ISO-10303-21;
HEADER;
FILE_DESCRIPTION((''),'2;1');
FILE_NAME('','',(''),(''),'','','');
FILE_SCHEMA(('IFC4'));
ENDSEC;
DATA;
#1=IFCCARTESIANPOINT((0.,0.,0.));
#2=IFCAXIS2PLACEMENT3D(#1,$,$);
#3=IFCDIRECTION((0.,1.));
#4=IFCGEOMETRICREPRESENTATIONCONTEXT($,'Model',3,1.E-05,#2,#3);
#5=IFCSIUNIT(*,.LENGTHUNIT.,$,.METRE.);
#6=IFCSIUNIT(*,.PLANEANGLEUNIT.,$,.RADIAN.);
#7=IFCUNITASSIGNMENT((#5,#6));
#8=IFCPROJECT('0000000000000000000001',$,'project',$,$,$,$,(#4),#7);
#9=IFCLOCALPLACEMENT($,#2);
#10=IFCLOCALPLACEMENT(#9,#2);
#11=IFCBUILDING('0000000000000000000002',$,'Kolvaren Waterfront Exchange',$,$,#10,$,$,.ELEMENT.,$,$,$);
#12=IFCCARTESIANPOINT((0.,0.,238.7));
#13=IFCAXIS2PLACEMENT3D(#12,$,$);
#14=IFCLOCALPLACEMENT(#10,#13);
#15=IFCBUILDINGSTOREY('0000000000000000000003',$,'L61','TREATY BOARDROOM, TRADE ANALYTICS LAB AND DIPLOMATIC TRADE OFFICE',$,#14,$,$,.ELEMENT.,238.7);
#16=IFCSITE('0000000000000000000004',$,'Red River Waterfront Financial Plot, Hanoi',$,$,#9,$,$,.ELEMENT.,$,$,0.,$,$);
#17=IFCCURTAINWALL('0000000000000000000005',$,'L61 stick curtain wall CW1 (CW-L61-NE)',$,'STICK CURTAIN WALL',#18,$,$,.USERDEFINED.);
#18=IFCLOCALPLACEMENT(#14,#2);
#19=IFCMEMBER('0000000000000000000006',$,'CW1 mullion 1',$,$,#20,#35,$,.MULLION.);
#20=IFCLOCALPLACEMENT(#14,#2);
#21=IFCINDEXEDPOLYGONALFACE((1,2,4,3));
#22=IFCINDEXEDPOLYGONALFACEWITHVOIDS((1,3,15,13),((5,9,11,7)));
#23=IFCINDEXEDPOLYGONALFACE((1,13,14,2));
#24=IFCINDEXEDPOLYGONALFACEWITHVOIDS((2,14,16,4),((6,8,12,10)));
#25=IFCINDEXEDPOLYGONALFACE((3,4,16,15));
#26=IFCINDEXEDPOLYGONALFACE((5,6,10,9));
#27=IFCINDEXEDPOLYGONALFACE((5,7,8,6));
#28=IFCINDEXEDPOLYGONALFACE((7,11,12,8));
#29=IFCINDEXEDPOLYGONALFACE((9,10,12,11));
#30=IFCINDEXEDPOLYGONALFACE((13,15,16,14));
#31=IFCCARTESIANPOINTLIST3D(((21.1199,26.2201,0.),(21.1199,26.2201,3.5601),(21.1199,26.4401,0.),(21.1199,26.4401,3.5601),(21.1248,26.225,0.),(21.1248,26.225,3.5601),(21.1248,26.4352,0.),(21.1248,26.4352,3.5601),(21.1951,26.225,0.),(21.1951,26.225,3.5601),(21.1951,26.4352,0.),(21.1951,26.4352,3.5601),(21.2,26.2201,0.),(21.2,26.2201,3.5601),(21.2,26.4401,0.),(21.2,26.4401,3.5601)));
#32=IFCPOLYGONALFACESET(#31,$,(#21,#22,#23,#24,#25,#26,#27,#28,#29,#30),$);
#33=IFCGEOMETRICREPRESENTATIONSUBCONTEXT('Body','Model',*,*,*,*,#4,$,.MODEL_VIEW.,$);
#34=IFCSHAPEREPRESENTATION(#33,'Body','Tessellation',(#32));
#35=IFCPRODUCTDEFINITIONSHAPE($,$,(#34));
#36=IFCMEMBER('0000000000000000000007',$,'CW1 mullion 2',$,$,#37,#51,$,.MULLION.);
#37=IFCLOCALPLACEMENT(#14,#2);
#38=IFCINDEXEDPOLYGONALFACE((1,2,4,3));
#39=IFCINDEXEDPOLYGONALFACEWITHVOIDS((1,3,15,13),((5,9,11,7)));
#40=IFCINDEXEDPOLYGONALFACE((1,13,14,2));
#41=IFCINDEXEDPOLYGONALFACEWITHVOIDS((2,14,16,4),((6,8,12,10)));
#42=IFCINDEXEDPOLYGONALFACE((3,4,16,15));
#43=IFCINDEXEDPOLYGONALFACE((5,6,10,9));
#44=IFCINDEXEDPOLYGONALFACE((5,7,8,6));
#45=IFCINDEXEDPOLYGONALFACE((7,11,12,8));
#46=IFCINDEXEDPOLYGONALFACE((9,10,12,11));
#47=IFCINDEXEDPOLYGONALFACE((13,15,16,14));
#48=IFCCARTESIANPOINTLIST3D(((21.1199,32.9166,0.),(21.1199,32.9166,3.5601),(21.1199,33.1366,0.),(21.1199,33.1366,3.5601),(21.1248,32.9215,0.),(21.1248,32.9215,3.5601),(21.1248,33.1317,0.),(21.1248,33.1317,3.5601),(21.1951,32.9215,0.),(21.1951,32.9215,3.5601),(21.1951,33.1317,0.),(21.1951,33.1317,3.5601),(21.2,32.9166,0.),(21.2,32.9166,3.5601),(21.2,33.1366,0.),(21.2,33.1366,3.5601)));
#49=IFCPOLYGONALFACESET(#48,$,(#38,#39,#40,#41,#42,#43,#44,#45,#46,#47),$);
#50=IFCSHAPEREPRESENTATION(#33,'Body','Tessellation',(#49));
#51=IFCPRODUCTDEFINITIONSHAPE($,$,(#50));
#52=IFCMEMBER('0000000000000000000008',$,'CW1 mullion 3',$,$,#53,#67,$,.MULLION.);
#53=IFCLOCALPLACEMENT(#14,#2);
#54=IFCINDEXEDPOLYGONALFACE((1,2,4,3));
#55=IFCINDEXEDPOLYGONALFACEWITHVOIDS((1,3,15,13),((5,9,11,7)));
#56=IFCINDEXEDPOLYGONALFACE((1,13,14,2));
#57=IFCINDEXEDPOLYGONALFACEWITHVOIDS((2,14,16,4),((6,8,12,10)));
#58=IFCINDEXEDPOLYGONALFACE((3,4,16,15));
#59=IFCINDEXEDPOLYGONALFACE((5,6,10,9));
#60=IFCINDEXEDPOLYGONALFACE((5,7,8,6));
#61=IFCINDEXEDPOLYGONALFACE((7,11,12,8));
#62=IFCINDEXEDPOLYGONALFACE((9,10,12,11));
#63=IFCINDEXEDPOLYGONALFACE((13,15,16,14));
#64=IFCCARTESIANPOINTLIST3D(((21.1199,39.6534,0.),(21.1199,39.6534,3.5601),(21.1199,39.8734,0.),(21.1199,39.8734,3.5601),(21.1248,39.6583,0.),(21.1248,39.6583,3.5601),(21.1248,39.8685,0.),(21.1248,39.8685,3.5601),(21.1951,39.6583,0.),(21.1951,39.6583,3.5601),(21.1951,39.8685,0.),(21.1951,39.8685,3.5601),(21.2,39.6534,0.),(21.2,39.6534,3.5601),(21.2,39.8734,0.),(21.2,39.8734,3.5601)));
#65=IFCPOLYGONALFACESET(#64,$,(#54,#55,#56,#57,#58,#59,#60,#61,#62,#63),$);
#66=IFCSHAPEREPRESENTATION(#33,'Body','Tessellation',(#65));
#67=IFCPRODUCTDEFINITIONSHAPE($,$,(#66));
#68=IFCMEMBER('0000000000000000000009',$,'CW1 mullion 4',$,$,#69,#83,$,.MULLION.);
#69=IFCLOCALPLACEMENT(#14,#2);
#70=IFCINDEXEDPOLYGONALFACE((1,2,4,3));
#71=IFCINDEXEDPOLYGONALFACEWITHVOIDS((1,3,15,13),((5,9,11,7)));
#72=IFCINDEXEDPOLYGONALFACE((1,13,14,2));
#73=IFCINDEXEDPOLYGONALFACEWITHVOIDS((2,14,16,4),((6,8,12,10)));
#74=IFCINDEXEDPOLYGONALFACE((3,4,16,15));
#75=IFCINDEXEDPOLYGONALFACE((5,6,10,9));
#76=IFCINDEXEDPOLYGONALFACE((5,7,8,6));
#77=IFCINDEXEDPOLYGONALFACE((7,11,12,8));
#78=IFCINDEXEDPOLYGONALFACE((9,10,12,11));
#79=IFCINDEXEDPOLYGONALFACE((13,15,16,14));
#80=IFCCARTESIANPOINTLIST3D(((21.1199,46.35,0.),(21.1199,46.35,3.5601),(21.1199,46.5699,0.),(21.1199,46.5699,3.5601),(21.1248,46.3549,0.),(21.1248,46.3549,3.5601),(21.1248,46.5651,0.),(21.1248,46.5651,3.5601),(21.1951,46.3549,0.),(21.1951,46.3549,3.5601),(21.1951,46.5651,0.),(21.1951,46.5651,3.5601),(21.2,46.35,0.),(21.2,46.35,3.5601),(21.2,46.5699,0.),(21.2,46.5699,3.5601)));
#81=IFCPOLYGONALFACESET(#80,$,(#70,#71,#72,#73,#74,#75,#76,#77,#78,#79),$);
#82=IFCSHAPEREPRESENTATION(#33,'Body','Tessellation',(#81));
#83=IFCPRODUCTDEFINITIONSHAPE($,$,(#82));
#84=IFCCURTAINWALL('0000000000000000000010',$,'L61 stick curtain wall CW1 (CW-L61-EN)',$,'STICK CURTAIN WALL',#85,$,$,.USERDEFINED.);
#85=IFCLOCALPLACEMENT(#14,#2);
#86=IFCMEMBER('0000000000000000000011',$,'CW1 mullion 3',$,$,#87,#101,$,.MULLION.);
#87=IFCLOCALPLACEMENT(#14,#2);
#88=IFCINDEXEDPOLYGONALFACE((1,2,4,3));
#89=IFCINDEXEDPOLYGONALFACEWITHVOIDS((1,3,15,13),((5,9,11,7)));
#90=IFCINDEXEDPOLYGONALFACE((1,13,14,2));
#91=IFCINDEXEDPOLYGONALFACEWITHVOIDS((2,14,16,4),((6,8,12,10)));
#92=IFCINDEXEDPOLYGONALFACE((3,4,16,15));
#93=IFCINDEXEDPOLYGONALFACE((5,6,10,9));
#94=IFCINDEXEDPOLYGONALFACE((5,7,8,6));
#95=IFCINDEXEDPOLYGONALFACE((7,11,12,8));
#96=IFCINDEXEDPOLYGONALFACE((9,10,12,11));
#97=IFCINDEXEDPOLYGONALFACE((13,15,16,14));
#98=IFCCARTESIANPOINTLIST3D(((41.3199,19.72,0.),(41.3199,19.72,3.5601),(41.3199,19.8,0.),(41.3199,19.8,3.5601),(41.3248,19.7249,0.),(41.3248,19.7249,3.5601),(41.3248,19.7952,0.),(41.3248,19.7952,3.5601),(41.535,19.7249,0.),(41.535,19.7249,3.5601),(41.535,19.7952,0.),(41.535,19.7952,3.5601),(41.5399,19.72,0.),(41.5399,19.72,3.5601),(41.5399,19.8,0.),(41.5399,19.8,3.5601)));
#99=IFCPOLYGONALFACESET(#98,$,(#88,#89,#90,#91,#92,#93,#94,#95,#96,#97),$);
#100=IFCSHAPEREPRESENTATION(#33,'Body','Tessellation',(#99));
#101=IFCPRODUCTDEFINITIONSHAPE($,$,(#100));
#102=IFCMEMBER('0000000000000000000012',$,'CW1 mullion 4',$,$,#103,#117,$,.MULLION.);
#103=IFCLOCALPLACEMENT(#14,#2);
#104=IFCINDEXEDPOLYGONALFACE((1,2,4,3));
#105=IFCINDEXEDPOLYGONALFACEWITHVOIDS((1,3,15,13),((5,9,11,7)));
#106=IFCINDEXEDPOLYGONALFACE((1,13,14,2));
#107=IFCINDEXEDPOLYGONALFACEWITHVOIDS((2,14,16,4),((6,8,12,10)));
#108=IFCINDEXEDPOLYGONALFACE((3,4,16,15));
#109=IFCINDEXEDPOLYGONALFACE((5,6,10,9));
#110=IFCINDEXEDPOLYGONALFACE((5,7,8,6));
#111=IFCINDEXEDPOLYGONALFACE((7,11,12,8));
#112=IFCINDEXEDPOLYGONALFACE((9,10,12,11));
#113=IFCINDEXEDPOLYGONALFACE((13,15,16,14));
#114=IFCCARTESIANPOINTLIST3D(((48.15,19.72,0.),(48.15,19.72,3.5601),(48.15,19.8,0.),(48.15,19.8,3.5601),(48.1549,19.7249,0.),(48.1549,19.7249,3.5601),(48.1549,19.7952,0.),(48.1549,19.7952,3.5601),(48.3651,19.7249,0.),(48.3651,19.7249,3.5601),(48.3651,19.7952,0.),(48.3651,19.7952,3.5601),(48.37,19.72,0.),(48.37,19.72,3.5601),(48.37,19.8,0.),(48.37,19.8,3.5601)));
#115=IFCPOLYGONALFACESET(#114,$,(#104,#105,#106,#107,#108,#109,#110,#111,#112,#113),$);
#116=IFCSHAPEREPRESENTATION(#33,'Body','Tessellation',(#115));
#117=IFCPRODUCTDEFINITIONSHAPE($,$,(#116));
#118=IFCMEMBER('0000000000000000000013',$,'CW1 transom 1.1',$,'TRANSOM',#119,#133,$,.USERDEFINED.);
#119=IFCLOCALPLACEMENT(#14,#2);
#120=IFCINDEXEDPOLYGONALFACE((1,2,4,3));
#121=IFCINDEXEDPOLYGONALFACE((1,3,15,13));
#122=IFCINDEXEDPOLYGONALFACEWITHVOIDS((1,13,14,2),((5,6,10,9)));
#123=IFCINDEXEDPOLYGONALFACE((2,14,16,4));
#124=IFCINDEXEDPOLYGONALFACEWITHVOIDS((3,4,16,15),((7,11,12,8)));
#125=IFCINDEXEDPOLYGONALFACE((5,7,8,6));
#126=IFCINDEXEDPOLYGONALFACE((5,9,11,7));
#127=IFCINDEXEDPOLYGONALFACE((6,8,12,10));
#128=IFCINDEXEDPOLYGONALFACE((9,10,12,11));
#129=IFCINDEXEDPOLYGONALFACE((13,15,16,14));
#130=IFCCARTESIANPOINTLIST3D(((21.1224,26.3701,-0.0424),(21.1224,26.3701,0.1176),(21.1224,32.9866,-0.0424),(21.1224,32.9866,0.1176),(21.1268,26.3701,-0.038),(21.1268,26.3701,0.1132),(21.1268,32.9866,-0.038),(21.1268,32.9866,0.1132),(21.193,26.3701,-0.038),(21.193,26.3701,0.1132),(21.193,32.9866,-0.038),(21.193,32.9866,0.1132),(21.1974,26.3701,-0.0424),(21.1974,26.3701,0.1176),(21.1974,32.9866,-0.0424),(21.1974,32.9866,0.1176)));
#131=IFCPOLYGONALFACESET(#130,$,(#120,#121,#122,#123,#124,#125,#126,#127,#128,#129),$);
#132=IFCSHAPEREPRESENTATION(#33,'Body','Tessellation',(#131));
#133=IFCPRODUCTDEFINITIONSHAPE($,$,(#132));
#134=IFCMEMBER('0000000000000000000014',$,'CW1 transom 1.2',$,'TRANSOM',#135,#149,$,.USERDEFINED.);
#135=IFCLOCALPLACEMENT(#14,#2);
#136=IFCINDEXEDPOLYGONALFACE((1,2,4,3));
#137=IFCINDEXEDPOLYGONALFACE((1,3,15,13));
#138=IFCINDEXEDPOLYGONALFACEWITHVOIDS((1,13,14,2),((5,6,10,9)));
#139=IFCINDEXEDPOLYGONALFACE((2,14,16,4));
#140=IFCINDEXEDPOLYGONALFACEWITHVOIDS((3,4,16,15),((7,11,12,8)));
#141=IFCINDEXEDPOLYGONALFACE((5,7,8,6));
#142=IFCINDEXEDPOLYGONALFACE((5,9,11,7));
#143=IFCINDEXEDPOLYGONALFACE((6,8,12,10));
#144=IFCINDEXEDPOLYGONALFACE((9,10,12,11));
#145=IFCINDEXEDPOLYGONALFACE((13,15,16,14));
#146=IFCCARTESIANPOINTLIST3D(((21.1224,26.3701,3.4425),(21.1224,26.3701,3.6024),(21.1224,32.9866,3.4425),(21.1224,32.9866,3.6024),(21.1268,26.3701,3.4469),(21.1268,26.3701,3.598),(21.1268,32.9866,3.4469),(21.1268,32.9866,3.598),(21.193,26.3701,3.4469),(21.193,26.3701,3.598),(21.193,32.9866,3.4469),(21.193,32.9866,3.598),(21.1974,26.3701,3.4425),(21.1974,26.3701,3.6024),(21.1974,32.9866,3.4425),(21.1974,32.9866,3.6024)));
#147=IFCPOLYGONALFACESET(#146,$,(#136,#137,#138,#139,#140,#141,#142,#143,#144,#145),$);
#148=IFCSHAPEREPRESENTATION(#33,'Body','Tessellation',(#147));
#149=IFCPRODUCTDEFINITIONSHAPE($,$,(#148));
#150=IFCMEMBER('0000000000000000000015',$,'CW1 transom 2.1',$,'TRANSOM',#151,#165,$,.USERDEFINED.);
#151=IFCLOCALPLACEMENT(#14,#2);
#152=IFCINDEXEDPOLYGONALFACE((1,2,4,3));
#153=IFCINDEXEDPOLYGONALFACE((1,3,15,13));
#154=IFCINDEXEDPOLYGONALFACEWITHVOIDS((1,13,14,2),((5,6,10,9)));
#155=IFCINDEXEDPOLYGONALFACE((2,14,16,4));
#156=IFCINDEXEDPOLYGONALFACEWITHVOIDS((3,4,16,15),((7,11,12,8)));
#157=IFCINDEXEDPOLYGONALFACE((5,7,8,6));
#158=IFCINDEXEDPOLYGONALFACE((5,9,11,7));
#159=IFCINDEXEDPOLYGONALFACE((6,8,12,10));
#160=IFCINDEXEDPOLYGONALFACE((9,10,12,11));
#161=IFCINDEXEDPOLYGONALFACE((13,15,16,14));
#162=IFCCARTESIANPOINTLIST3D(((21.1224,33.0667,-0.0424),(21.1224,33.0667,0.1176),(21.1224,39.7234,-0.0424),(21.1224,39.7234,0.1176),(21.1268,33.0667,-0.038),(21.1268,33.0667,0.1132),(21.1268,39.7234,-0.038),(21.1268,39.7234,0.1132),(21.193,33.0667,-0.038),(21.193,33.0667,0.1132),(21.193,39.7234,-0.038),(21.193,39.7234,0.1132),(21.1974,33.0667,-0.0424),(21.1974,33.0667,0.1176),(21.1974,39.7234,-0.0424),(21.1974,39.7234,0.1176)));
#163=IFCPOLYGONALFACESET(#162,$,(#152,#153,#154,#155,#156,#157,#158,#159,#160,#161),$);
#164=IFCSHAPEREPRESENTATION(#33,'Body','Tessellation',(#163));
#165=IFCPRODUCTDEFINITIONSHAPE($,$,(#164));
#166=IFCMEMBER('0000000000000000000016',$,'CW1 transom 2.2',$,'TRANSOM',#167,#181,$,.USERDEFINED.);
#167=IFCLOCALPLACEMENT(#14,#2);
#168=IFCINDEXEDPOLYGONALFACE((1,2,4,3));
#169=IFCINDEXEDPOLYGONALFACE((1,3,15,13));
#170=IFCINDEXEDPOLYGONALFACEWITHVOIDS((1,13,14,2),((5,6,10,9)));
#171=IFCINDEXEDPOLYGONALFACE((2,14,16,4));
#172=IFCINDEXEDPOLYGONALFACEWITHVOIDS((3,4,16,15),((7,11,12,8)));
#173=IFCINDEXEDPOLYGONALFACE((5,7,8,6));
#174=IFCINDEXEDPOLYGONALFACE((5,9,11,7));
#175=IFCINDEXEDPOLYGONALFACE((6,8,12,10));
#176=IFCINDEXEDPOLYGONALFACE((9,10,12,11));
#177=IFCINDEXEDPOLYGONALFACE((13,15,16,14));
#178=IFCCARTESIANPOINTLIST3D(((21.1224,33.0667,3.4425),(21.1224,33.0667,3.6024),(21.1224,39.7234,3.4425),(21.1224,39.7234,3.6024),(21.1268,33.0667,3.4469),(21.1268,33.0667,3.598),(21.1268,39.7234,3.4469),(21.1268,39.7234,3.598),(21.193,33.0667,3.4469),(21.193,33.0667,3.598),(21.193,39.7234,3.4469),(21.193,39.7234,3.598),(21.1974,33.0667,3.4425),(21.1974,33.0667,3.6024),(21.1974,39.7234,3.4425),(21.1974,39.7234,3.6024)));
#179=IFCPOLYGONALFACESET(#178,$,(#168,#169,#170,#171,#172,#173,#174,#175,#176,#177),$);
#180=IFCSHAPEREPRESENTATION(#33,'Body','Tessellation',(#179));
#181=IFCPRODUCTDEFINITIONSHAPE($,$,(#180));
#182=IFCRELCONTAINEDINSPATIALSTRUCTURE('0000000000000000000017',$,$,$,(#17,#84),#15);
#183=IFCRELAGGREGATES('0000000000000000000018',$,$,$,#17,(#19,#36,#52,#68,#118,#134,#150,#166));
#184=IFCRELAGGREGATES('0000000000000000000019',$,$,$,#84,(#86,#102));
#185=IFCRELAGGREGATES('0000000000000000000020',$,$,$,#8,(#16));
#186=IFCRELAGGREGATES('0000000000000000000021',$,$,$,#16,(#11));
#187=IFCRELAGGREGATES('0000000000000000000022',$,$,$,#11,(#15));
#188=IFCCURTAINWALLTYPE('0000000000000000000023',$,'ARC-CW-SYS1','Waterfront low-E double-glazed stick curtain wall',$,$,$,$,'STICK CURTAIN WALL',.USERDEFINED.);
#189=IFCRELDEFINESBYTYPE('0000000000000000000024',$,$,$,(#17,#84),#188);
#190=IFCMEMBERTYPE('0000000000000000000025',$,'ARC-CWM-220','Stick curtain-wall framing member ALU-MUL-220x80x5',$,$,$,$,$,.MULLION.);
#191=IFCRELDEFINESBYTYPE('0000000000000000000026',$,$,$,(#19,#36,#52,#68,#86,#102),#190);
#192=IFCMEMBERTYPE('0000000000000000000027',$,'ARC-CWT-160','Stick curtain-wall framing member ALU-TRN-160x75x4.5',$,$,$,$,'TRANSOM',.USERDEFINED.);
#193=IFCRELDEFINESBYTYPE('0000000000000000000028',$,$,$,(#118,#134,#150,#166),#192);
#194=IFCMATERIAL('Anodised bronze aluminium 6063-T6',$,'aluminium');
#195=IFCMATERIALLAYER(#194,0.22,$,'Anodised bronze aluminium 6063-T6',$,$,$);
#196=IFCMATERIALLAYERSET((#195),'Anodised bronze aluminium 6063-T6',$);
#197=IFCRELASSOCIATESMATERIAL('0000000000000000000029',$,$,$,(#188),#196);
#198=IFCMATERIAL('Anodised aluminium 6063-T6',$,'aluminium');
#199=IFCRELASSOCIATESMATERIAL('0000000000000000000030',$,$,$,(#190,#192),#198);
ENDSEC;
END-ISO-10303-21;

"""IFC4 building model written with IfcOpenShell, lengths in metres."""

from ifc_helpers import new_model, si_unit, direction, frame, origin, origin_with_axes, origin_2d, place, context, subcontext, project, spatial, hollow_rectangle, extrude, source, transform, mapped, material, layer, layer_set, material_profile, profile_set, type_object, element, aggregate, save


model = new_model("IFC4")

# Units and contexts
model_context = context("Model", 3, precision=1e-05, world=origin(), true_north=direction((0.0, 1.0)))
body_context = subcontext(model_context, "Body", "Model", "MODEL_VIEW")
ifc_project = project(units=[si_unit("LENGTHUNIT", "METRE"), si_unit("PLANEANGLEUNIT", "RADIAN")], contexts=[model_context])

# Site, building, storey
site_placement = place(None, origin())
site = spatial("IfcSite", under=ifc_project, at=site_placement, Name="Red River Waterfront Financial Plot, Hanoi", CompositionType="ELEMENT", RefElevation=0.0)
building_placement = place(site_placement, origin())
building = spatial("IfcBuilding", under=site, at=building_placement, Name="Kolvaren Waterfront Exchange", CompositionType="ELEMENT")
storey_placement = place(building_placement, frame((0.0, 0.0, 238.7)))
storey = spatial("IfcBuildingStorey", under=building, at=storey_placement, Name="L61", Description="TREATY BOARDROOM, TRADE ANALYTICS LAB AND DIPLOMATIC TRADE OFFICE", CompositionType="ELEMENT", Elevation=238.7)

# Curtain walls, members
ifc_material_1 = material(Name="Anodised bronze aluminium 6063-T6", Category="aluminium")
ifc_layer_1 = layer(ifc_material_1, 0.22, Name="Anodised bronze aluminium 6063-T6")
ifc_layer_set_1 = layer_set([ifc_layer_1], Name="Anodised bronze aluminium 6063-T6")
curtain_wall_type = type_object("IfcCurtainWallType", Name="ARC-CW-SYS1", Description="Waterfront low-E double-glazed stick curtain wall", ElementType="STICK CURTAIN WALL", PredefinedType="USERDEFINED", material=ifc_layer_set_1)
curtain_wall_1_placement = place(storey_placement, origin())
curtain_wall_1 = element("IfcCurtainWall", 1, at=curtain_wall_1_placement, inside=storey, type_object=curtain_wall_type, Name="L61 stick curtain wall CW1 (CW-L61-NE)", ObjectType="STICK CURTAIN WALL", PredefinedType="USERDEFINED")
ifc_material_2 = material(Name="Anodised aluminium 6063-T6", Category="aluminium")
ifc_material_profile_1 = material_profile(ifc_material_2, hollow_rectangle(XDim=0.0801, YDim=0.22, WallThickness=0.0049, at=origin_2d()), Name="ALU-MUL-220x80x5")
ifc_profile_set_1 = profile_set([ifc_material_profile_1], Name="Anodised aluminium 6063-T6")
member_type_1 = type_object("IfcMemberType", Name="ARC-CWM-220", Description="Stick curtain-wall framing member ALU-MUL-220x80x5", PredefinedType="MULLION", material=ifc_profile_set_1)
shared_shape_1 = source(origin_with_axes(), body_context, "Body", "SweptSolid", [
    extrude(hollow_rectangle(XDim=0.0801, YDim=0.22, WallThickness=0.0049, at=origin_2d()), origin(), (0.0, 0.0, 1.0), 3.5601),
])
member_1_placement = place(storey_placement, frame((21.1599, 26.3301, 0.0), z_axis=(0.0, 0.0, 1.0), x_axis=(-1.0, 0.0, 0.0)))
member_1 = element("IfcMember", 2, at=member_1_placement, type_object=member_type_1, Name="CW1 mullion 1", PredefinedType="MULLION", context=body_context, shape_type="MappedRepresentation", body=[
    mapped(shared_shape_1, transform((0.0, 0.0, 0.0), x_axis=(1.0, 0.0, 0.0), y_axis=(0.0, 1.0, 0.0), z_axis=(0.0, 0.0, 1.0), scale=1.0)),
])
member_2_placement = place(storey_placement, frame((21.1599, 33.0266, 0.0), z_axis=(0.0, 0.0, 1.0), x_axis=(-1.0, 0.0, 0.0)))
member_2 = element("IfcMember", 3, at=member_2_placement, type_object=member_type_1, Name="CW1 mullion 2", PredefinedType="MULLION", context=body_context, shape_type="MappedRepresentation", body=[
    mapped(shared_shape_1, transform((0.0, 0.0, 0.0), x_axis=(1.0, 0.0, 0.0), y_axis=(0.0, 1.0, 0.0), z_axis=(0.0, 0.0, 1.0), scale=1.0)),
])
member_3_placement = place(storey_placement, frame((21.1599, 39.7634, 0.0), z_axis=(0.0, 0.0, 1.0), x_axis=(-1.0, 0.0, 0.0)))
member_3 = element("IfcMember", 4, at=member_3_placement, type_object=member_type_1, Name="CW1 mullion 3", PredefinedType="MULLION", context=body_context, shape_type="MappedRepresentation", body=[
    mapped(shared_shape_1, transform((0.0, 0.0, 0.0), x_axis=(1.0, 0.0, 0.0), y_axis=(0.0, 1.0, 0.0), z_axis=(0.0, 0.0, 1.0), scale=1.0)),
])
member_4_placement = place(storey_placement, frame((21.1599, 46.46, 0.0), z_axis=(0.0, 0.0, 1.0), x_axis=(-1.0, 0.0, 0.0)))
member_4 = element("IfcMember", 5, at=member_4_placement, type_object=member_type_1, Name="CW1 mullion 4", PredefinedType="MULLION", context=body_context, shape_type="MappedRepresentation", body=[
    mapped(shared_shape_1, transform((0.0, 0.0, 0.0), x_axis=(1.0, 0.0, 0.0), y_axis=(0.0, 1.0, 0.0), z_axis=(0.0, 0.0, 1.0), scale=1.0)),
])
curtain_wall_2_placement = place(storey_placement, origin())
curtain_wall_2 = element("IfcCurtainWall", 6, at=curtain_wall_2_placement, inside=storey, type_object=curtain_wall_type, Name="L61 stick curtain wall CW1 (CW-L61-EN)", ObjectType="STICK CURTAIN WALL", PredefinedType="USERDEFINED")
member_5_placement = place(storey_placement, frame((41.4299, 19.76, 0.0), z_axis=(0.0, 0.0, 1.0), x_axis=(0.0, 1.0, 0.0)))
member_5 = element("IfcMember", 7, at=member_5_placement, type_object=member_type_1, Name="CW1 mullion 3", PredefinedType="MULLION", context=body_context, shape_type="MappedRepresentation", body=[
    mapped(shared_shape_1, transform((0.0, 0.0, 0.0), x_axis=(1.0, 0.0, 0.0), y_axis=(0.0, 1.0, 0.0), z_axis=(0.0, 0.0, 1.0), scale=1.0)),
])
member_6_placement = place(storey_placement, frame((48.26, 19.76, 0.0), z_axis=(0.0, 0.0, 1.0), x_axis=(0.0, 1.0, 0.0)))
member_6 = element("IfcMember", 8, at=member_6_placement, type_object=member_type_1, Name="CW1 mullion 4", PredefinedType="MULLION", context=body_context, shape_type="MappedRepresentation", body=[
    mapped(shared_shape_1, transform((0.0, 0.0, 0.0), x_axis=(1.0, 0.0, 0.0), y_axis=(0.0, 1.0, 0.0), z_axis=(0.0, 0.0, 1.0), scale=1.0)),
])

# Members
ifc_material_profile_2 = material_profile(ifc_material_2, hollow_rectangle(XDim=0.075, YDim=0.1599, WallThickness=0.0044, at=origin_2d()), Name="ALU-TRN-160x75x4.5")
ifc_profile_set_2 = profile_set([ifc_material_profile_2], Name="Anodised aluminium 6063-T6")
member_type_2 = type_object("IfcMemberType", Name="ARC-CWT-160", Description="Stick curtain-wall framing member ALU-TRN-160x75x4.5", ElementType="TRANSOM", PredefinedType="USERDEFINED", material=ifc_profile_set_2)
shared_shape_2 = source(origin_with_axes(), body_context, "Body", "SweptSolid", [
    extrude(hollow_rectangle(XDim=0.075, YDim=0.1599, WallThickness=0.0044, at=origin_2d()), origin(), (0.0, 0.0, 1.0), 6.6165),
])
member_7_placement = place(storey_placement, frame((21.1599, 26.3701, 0.0376), z_axis=(0.0, 1.0, 0.0), x_axis=(-1.0, 0.0, 0.0)))
member_7 = element("IfcMember", 9, at=member_7_placement, type_object=member_type_2, Name="CW1 transom 1.1", ObjectType="TRANSOM", PredefinedType="USERDEFINED", context=body_context, shape_type="MappedRepresentation", body=[
    mapped(shared_shape_2, transform((0.0, 0.0, 0.0), x_axis=(1.0, 0.0, 0.0), y_axis=(0.0, 1.0, 0.0), z_axis=(0.0, 0.0, 1.0), scale=1.0)),
])
member_8_placement = place(storey_placement, frame((21.1599, 26.3701, 3.5225), z_axis=(0.0, 1.0, 0.0), x_axis=(-1.0, 0.0, 0.0)))
member_8 = element("IfcMember", 10, at=member_8_placement, type_object=member_type_2, Name="CW1 transom 1.2", ObjectType="TRANSOM", PredefinedType="USERDEFINED", context=body_context, shape_type="MappedRepresentation", body=[
    mapped(shared_shape_2, transform((0.0, 0.0, 0.0), x_axis=(1.0, 0.0, 0.0), y_axis=(0.0, 1.0, 0.0), z_axis=(0.0, 0.0, 1.0), scale=1.0)),
])
shared_shape_3 = source(origin_with_axes(), body_context, "Body", "SweptSolid", [
    extrude(hollow_rectangle(XDim=0.075, YDim=0.1599, WallThickness=0.0044, at=origin_2d()), origin(), (0.0, 0.0, 1.0), 6.6567),
])
member_9_placement = place(storey_placement, frame((21.1599, 33.0667, 0.0376), z_axis=(0.0, 1.0, 0.0), x_axis=(-1.0, 0.0, 0.0)))
member_9 = element("IfcMember", 11, at=member_9_placement, type_object=member_type_2, Name="CW1 transom 2.1", ObjectType="TRANSOM", PredefinedType="USERDEFINED", context=body_context, shape_type="MappedRepresentation", body=[
    mapped(shared_shape_3, transform((0.0, 0.0, 0.0), x_axis=(1.0, 0.0, 0.0), y_axis=(0.0, 1.0, 0.0), z_axis=(0.0, 0.0, 1.0), scale=1.0)),
])
member_10_placement = place(storey_placement, frame((21.1599, 33.0667, 3.5225), z_axis=(0.0, 1.0, 0.0), x_axis=(-1.0, 0.0, 0.0)))
member_10 = element("IfcMember", 12, at=member_10_placement, type_object=member_type_2, Name="CW1 transom 2.2", ObjectType="TRANSOM", PredefinedType="USERDEFINED", context=body_context, shape_type="MappedRepresentation", body=[
    mapped(shared_shape_3, transform((0.0, 0.0, 0.0), x_axis=(1.0, 0.0, 0.0), y_axis=(0.0, 1.0, 0.0), z_axis=(0.0, 0.0, 1.0), scale=1.0)),
])

aggregate(curtain_wall_1, [member_1, member_2, member_3, member_4, member_7, member_8, member_9, member_10])
aggregate(curtain_wall_2, [member_5, member_6])

save(model, "model.ifc")
